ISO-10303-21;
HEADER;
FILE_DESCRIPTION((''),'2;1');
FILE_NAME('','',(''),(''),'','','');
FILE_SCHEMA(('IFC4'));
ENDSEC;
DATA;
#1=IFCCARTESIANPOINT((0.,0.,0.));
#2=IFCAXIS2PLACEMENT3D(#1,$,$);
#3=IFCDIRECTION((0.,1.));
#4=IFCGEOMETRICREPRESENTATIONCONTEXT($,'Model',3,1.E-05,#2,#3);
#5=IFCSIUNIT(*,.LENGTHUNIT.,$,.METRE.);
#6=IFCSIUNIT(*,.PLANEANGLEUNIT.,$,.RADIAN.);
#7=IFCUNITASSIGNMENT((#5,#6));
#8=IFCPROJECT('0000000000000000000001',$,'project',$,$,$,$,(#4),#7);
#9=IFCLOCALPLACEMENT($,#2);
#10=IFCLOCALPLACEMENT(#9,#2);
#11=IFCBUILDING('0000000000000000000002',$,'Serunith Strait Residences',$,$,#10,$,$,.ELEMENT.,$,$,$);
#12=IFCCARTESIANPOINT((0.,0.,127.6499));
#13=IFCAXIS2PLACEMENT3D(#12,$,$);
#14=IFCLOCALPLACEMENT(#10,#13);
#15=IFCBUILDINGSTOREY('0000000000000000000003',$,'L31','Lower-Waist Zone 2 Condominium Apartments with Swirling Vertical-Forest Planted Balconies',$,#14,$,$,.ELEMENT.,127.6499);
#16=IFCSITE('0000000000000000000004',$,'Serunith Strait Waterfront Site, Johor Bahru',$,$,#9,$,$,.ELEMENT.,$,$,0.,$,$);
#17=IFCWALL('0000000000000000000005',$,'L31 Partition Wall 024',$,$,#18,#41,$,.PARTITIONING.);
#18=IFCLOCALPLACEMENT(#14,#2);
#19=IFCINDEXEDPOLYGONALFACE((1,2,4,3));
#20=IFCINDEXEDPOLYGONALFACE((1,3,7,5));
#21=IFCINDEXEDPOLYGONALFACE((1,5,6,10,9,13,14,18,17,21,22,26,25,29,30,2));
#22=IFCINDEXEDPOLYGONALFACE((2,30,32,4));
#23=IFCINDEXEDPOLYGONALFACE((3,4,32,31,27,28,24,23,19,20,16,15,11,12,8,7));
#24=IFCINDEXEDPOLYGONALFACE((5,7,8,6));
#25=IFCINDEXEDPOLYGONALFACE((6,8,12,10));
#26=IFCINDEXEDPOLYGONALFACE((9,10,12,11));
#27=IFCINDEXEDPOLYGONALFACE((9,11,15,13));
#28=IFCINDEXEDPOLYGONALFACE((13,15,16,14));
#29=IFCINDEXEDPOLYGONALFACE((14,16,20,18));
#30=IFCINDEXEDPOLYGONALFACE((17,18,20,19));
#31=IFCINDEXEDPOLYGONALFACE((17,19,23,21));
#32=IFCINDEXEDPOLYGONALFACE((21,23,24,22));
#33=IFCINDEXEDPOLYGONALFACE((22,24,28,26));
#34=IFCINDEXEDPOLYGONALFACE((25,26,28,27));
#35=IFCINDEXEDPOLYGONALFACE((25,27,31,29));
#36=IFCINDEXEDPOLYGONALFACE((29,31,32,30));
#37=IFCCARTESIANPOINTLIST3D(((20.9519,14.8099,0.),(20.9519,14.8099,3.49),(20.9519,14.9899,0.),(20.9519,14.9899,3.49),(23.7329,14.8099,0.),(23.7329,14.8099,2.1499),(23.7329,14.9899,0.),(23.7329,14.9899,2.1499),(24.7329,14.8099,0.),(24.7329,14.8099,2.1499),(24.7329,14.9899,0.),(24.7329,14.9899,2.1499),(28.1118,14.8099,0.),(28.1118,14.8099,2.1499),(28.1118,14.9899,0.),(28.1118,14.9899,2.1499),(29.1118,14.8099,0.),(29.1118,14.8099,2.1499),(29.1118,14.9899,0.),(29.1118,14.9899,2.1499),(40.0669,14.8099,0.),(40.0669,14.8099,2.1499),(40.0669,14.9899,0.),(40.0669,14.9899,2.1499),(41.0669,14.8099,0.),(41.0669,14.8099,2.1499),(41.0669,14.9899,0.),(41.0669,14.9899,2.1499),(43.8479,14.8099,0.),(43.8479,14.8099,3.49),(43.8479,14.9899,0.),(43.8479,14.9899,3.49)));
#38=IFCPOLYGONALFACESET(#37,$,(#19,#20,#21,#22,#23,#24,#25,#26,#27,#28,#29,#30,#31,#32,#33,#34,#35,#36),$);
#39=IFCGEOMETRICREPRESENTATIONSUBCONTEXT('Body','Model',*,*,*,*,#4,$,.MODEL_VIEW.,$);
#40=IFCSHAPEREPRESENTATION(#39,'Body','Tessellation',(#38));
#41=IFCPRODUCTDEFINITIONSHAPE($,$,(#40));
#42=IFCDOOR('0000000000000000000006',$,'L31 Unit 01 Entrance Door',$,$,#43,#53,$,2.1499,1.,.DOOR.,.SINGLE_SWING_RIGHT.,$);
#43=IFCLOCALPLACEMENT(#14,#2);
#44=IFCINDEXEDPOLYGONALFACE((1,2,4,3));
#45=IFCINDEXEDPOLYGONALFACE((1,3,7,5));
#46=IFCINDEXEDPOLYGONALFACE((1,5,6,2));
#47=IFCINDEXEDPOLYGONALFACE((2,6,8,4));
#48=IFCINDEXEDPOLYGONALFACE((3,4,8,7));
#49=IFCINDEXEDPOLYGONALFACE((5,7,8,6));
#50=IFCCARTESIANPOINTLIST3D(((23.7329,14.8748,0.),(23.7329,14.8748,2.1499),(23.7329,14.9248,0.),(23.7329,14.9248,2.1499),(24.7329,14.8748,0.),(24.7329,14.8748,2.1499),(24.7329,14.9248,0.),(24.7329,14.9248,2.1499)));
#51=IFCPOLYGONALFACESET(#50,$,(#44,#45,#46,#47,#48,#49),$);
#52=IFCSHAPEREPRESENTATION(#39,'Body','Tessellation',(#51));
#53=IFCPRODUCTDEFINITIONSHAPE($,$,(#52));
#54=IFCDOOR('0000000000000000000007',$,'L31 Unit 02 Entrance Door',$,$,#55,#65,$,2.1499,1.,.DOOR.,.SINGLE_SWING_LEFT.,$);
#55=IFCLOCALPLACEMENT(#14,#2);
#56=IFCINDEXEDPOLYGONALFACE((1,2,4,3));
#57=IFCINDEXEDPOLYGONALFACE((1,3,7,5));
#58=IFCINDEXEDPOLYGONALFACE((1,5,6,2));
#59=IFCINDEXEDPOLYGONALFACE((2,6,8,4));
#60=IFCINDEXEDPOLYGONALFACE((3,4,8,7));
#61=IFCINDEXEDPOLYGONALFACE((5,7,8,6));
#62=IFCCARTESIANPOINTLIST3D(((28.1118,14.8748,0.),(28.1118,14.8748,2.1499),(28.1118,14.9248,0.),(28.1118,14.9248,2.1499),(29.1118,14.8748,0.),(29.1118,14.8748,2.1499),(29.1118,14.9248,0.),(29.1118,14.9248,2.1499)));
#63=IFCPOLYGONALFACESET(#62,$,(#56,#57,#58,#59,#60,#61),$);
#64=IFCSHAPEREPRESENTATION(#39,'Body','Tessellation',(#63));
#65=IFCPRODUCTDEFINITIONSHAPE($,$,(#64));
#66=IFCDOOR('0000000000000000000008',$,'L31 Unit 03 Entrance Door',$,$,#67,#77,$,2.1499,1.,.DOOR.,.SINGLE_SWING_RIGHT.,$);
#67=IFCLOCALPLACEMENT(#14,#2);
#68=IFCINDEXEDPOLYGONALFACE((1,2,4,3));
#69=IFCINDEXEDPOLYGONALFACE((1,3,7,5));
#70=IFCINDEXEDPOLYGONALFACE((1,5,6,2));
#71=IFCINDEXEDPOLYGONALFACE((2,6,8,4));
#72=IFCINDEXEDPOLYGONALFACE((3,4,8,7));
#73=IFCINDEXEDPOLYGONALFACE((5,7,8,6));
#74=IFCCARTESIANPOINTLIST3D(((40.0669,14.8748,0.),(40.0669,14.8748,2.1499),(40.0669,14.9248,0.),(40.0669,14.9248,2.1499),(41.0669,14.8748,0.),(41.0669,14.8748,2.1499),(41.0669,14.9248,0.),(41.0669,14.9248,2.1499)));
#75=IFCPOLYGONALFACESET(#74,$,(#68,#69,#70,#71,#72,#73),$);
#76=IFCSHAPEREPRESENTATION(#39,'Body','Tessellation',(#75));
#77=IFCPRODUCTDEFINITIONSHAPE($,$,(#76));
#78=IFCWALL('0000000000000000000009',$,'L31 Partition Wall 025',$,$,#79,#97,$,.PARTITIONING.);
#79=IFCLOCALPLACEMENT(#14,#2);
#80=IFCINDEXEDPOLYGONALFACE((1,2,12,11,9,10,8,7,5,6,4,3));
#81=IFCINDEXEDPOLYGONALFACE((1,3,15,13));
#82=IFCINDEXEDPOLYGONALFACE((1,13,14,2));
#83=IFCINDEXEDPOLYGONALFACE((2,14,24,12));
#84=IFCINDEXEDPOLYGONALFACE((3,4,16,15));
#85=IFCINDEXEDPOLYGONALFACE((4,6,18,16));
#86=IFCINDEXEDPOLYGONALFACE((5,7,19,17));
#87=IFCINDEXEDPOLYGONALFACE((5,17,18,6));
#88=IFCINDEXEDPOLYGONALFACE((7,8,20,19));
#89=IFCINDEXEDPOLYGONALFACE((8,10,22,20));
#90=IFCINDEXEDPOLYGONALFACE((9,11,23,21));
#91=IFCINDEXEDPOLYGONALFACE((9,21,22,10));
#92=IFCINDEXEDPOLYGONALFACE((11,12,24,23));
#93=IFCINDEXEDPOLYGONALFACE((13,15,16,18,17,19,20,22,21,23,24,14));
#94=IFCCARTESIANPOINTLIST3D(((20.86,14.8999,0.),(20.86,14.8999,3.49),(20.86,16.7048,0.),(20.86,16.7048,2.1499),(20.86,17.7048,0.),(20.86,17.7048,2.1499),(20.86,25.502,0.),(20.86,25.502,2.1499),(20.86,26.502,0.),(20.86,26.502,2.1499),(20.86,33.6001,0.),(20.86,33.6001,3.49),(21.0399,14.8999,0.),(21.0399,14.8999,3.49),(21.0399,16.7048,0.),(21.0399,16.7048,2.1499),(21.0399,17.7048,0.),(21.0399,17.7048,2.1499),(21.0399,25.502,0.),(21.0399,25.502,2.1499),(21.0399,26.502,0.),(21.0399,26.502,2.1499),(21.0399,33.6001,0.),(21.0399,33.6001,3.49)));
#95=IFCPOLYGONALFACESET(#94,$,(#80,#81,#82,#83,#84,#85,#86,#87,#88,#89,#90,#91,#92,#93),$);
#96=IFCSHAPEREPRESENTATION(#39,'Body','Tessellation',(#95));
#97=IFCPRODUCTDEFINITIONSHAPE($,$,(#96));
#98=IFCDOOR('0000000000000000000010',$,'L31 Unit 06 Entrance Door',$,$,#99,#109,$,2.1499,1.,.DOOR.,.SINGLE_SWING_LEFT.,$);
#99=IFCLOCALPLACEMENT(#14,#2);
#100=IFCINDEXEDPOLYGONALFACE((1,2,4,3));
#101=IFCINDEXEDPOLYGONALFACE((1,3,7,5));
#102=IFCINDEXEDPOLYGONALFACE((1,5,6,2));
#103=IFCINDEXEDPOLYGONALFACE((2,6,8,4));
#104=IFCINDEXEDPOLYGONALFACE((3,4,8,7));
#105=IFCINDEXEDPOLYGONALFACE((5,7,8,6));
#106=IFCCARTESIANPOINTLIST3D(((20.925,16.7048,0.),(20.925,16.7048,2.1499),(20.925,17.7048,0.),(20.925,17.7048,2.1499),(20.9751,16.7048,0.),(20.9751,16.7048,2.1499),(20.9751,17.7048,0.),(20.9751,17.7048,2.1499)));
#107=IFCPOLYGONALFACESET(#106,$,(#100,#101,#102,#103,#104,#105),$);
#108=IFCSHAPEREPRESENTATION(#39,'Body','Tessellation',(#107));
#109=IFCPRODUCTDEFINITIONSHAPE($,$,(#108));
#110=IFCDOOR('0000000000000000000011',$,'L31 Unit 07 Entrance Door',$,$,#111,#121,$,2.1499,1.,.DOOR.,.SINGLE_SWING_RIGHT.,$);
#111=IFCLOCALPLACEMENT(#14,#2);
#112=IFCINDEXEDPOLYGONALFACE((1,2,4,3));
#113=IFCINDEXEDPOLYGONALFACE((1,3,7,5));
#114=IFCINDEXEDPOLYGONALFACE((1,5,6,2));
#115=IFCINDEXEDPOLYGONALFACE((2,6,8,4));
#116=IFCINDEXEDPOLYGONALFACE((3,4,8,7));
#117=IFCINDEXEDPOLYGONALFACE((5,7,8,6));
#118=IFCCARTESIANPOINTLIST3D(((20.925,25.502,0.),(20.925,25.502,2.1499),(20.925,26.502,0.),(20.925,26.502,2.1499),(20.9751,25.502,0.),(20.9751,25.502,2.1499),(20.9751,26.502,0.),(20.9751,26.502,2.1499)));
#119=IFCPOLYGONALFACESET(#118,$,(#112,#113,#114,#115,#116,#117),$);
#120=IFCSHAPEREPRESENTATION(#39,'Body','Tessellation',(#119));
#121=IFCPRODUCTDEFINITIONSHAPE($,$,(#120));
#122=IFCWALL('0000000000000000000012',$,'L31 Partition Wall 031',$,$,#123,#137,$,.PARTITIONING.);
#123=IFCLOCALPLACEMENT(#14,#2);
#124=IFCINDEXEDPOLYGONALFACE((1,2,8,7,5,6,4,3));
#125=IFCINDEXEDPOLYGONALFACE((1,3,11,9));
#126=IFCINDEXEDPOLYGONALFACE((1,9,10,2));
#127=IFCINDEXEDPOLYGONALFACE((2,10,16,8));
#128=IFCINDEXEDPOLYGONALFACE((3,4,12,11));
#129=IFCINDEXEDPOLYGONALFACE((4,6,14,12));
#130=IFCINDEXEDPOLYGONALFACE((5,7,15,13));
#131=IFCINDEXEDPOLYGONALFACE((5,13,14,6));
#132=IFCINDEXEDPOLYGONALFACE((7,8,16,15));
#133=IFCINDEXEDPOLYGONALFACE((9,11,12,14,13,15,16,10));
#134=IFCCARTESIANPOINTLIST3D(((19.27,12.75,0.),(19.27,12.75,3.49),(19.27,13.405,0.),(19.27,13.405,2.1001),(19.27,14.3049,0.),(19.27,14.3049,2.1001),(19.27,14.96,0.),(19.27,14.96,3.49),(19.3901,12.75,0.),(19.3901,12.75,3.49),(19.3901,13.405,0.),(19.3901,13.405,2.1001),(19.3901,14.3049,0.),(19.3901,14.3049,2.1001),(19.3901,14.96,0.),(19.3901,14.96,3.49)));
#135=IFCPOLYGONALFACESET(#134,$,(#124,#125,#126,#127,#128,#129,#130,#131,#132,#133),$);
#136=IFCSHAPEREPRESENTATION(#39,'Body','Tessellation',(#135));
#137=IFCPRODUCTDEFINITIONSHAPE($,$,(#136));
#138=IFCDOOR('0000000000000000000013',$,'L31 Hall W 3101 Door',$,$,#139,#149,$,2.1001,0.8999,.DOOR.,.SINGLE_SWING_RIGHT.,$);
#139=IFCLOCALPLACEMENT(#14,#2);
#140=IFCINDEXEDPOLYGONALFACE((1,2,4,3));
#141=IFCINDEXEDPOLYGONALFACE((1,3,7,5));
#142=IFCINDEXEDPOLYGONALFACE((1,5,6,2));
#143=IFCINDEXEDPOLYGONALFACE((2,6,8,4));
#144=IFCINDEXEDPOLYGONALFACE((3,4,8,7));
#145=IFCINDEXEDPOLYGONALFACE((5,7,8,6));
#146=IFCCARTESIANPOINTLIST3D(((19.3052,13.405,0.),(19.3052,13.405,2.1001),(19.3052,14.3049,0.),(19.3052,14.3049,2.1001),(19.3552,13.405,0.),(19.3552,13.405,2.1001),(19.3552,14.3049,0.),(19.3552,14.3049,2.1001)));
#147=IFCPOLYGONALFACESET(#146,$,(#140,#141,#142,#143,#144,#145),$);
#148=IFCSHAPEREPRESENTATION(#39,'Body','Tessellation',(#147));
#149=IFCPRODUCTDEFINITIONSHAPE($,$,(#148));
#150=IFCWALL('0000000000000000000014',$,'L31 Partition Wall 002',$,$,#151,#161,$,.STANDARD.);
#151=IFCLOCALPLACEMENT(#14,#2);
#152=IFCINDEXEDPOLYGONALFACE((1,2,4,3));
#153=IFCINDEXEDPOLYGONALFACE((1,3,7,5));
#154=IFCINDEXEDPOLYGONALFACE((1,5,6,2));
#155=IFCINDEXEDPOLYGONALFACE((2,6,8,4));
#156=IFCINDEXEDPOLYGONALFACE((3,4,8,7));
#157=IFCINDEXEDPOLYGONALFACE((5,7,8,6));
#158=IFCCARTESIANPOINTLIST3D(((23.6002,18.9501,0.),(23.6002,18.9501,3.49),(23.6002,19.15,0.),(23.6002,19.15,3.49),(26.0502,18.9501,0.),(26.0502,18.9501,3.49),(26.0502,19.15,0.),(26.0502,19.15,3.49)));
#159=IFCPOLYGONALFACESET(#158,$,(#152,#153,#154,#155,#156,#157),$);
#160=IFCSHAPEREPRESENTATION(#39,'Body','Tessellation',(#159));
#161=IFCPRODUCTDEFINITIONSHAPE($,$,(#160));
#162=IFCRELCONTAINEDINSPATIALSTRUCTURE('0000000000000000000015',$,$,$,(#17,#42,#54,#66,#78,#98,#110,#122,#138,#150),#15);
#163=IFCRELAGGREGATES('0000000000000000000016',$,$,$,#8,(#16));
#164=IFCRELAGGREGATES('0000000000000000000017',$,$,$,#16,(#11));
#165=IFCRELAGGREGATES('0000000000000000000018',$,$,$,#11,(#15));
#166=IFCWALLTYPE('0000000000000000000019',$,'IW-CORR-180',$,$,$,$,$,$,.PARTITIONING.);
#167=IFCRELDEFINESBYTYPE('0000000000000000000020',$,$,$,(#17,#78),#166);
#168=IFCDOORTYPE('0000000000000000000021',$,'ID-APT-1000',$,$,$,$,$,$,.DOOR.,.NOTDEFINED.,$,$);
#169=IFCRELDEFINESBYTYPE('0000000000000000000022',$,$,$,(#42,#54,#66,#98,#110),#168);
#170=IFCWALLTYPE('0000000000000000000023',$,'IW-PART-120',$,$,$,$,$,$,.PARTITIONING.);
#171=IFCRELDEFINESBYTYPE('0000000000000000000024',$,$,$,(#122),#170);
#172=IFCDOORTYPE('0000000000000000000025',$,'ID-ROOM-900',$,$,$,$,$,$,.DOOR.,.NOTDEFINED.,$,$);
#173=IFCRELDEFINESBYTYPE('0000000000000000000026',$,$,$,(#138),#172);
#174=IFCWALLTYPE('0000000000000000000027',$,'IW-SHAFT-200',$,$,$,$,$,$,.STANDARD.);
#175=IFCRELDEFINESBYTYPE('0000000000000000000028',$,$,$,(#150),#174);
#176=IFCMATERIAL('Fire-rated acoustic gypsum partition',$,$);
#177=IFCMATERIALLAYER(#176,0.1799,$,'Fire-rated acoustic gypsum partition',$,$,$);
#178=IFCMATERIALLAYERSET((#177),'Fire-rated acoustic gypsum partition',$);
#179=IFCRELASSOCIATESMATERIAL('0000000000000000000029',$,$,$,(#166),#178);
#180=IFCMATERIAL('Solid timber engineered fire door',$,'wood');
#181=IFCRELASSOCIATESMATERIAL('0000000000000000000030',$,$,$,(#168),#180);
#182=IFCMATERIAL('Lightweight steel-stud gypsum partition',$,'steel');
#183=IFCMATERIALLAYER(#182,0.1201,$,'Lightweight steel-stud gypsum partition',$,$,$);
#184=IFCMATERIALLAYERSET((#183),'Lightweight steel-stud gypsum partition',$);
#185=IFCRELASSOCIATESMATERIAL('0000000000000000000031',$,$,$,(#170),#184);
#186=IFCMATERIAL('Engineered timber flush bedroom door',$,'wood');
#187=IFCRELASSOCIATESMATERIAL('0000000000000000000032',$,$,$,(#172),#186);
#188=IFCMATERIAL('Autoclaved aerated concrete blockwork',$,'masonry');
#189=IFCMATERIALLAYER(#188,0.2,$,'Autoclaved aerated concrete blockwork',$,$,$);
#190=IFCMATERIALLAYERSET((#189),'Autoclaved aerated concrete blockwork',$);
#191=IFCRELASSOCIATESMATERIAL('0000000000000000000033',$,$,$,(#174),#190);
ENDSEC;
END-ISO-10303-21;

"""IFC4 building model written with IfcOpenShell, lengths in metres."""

from ifc_helpers import new_model, si_unit, direction, frame, frame_2d, origin, place, context, subcontext, project, spatial, rectangle, extrude, source, transform, mapped, material, layer, layer_set, type_object, element, fill, save


model = new_model("IFC4")

# Units and contexts
model_context = context("Model", 3, precision=1e-05, world=origin(), true_north=direction((0.0, 1.0)))
body_context = subcontext(model_context, "Body", "Model", "MODEL_VIEW")
ifc_project = project(units=[si_unit("LENGTHUNIT", "METRE"), si_unit("PLANEANGLEUNIT", "RADIAN")], contexts=[model_context])

# Site, building, storey
site_placement = place(None, origin())
site = spatial("IfcSite", under=ifc_project, at=site_placement, Name="Serunith Strait Waterfront Site, Johor Bahru", CompositionType="ELEMENT", RefElevation=0.0)
building_placement = place(site_placement, origin())
building = spatial("IfcBuilding", under=site, at=building_placement, Name="Serunith Strait Residences", CompositionType="ELEMENT")
storey_placement = place(building_placement, frame((0.0, 0.0, 127.6499)))
storey = spatial("IfcBuildingStorey", under=building, at=storey_placement, Name="L31", Description="Lower-Waist Zone 2 Condominium Apartments with Swirling Vertical-Forest Planted Balconies", CompositionType="ELEMENT", Elevation=127.6499)

# Walls, openings, doors
ifc_material_1 = material(Name="Fire-rated acoustic gypsum partition")
ifc_layer_1 = layer(ifc_material_1, 0.1799, Name="Fire-rated acoustic gypsum partition")
ifc_layer_set_1 = layer_set([ifc_layer_1], Name="Fire-rated acoustic gypsum partition")
wall_type_1 = type_object("IfcWallType", Name="IW-CORR-180", PredefinedType="PARTITIONING", material=ifc_layer_set_1)
wall_1_placement = place(storey_placement, frame((20.9519, 14.8999, 0.0), z_axis=(0.0, 0.0, 1.0), x_axis=(1.0, 0.0, 0.0)))
wall_1 = element("IfcWall", 1, at=wall_1_placement, inside=storey, type_object=wall_type_1, Name="L31 Partition Wall 024", PredefinedType="PARTITIONING", context=body_context, shape_type="SweptSolid", body=[
    extrude(rectangle(XDim=22.896, YDim=0.1799, at=frame_2d((11.448, 0.0))), origin(), (0.0, 0.0, 1.0), 3.49),
])
opening_1_placement = place(wall_1_placement, frame((2.781, 0.0, 0.0)))
opening_1 = element("IfcOpeningElement", 2, at=opening_1_placement, cuts=wall_1, PredefinedType="OPENING", context=body_context, shape_type="SweptSolid", body=[
    extrude(rectangle(XDim=1.0, YDim=2.1499, at=frame_2d((0.5, 1.075))), frame((0.0, 0.1001, 0.0), z_axis=(0.0, -1.0, 0.0), x_axis=(1.0, 0.0, 0.0)), (0.0, 0.0, 1.0), 0.2),
])
opening_2_placement = place(wall_1_placement, frame((7.1599, 0.0, 0.0)))
opening_2 = element("IfcOpeningElement", 3, at=opening_2_placement, cuts=wall_1, PredefinedType="OPENING", context=body_context, shape_type="SweptSolid", body=[
    extrude(rectangle(XDim=1.0, YDim=2.1499, at=frame_2d((0.5, 1.075))), frame((0.0, 0.1001, 0.0), z_axis=(0.0, -1.0, 0.0), x_axis=(1.0, 0.0, 0.0)), (0.0, 0.0, 1.0), 0.2),
])
opening_3_placement = place(wall_1_placement, frame((19.115, 0.0, 0.0)))
opening_3 = element("IfcOpeningElement", 4, at=opening_3_placement, cuts=wall_1, PredefinedType="OPENING", context=body_context, shape_type="SweptSolid", body=[
    extrude(rectangle(XDim=1.0, YDim=2.1499, at=frame_2d((0.5, 1.075))), frame((0.0, 0.1001, 0.0), z_axis=(0.0, -1.0, 0.0), x_axis=(1.0, 0.0, 0.0)), (0.0, 0.0, 1.0), 0.2),
])
ifc_material_2 = material(Name="Solid timber engineered fire door", Category="wood")
door_type_1 = type_object("IfcDoorType", Name="ID-APT-1000", OperationType="NOTDEFINED", PredefinedType="DOOR", material=ifc_material_2)
shared_shape_1 = source(origin(), body_context, "Body", "SweptSolid", [
    extrude(rectangle(XDim=1.0, YDim=2.1499, at=frame_2d((0.5, 1.075))), frame((0.0, 0.0249, 0.0), z_axis=(0.0, -1.0, 0.0), x_axis=(1.0, 0.0, 0.0)), (0.0, 0.0, 1.0), 0.05),
])
door_1_placement = place(opening_1_placement, origin())
door_1 = element("IfcDoor", 5, at=door_1_placement, inside=storey, type_object=door_type_1, Name="L31 Unit 01 Entrance Door", OperationType="SINGLE_SWING_RIGHT", OverallHeight=2.1499, OverallWidth=1.0, PredefinedType="DOOR", context=body_context, shape_type="MappedRepresentation", body=[
    mapped(shared_shape_1, transform((0.0, 0.0, 0.0), scale=1.0)),
])
fill(opening_1, door_1)
door_2_placement = place(opening_2_placement, origin())
door_2 = element("IfcDoor", 6, at=door_2_placement, inside=storey, type_object=door_type_1, Name="L31 Unit 02 Entrance Door", OperationType="SINGLE_SWING_LEFT", OverallHeight=2.1499, OverallWidth=1.0, PredefinedType="DOOR", context=body_context, shape_type="MappedRepresentation", body=[
    mapped(shared_shape_1, transform((0.0, 0.0, 0.0), scale=1.0)),
])
fill(opening_2, door_2)
door_3_placement = place(opening_3_placement, origin())
door_3 = element("IfcDoor", 7, at=door_3_placement, inside=storey, type_object=door_type_1, Name="L31 Unit 03 Entrance Door", OperationType="SINGLE_SWING_RIGHT", OverallHeight=2.1499, OverallWidth=1.0, PredefinedType="DOOR", context=body_context, shape_type="MappedRepresentation", body=[
    mapped(shared_shape_1, transform((0.0, 0.0, 0.0), scale=1.0)),
])
fill(opening_3, door_3)
wall_2_placement = place(storey_placement, frame((20.95, 14.8999, 0.0), z_axis=(0.0, 0.0, 1.0), x_axis=(0.0, 1.0, 0.0)))
wall_2 = element("IfcWall", 8, at=wall_2_placement, inside=storey, type_object=wall_type_1, Name="L31 Partition Wall 025", PredefinedType="PARTITIONING", context=body_context, shape_type="SweptSolid", body=[
    extrude(rectangle(XDim=18.7002, YDim=0.1799, at=frame_2d((9.3501, 0.0))), origin(), (0.0, 0.0, 1.0), 3.49),
])
opening_4_placement = place(wall_2_placement, frame((1.8049, 0.0, 0.0)))
opening_4 = element("IfcOpeningElement", 9, at=opening_4_placement, cuts=wall_2, PredefinedType="OPENING", context=body_context, shape_type="SweptSolid", body=[
    extrude(rectangle(XDim=1.0, YDim=2.1499, at=frame_2d((0.5, 1.075))), frame((0.0, 0.1001, 0.0), z_axis=(0.0, -1.0, 0.0), x_axis=(1.0, 0.0, 0.0)), (0.0, 0.0, 1.0), 0.2),
])
opening_5_placement = place(wall_2_placement, frame((10.6021, 0.0, 0.0)))
opening_5 = element("IfcOpeningElement", 10, at=opening_5_placement, cuts=wall_2, PredefinedType="OPENING", context=body_context, shape_type="SweptSolid", body=[
    extrude(rectangle(XDim=1.0, YDim=2.1499, at=frame_2d((0.5, 1.075))), frame((0.0, 0.1001, 0.0), z_axis=(0.0, -1.0, 0.0), x_axis=(1.0, 0.0, 0.0)), (0.0, 0.0, 1.0), 0.2),
])
door_4_placement = place(opening_4_placement, origin())
door_4 = element("IfcDoor", 11, at=door_4_placement, inside=storey, type_object=door_type_1, Name="L31 Unit 06 Entrance Door", OperationType="SINGLE_SWING_LEFT", OverallHeight=2.1499, OverallWidth=1.0, PredefinedType="DOOR", context=body_context, shape_type="MappedRepresentation", body=[
    mapped(shared_shape_1, transform((0.0, 0.0, 0.0), scale=1.0)),
])
fill(opening_4, door_4)
door_5_placement = place(opening_5_placement, origin())
door_5 = element("IfcDoor", 12, at=door_5_placement, inside=storey, type_object=door_type_1, Name="L31 Unit 07 Entrance Door", OperationType="SINGLE_SWING_RIGHT", OverallHeight=2.1499, OverallWidth=1.0, PredefinedType="DOOR", context=body_context, shape_type="MappedRepresentation", body=[
    mapped(shared_shape_1, transform((0.0, 0.0, 0.0), scale=1.0)),
])
fill(opening_5, door_5)

# Wall, opening, door
ifc_material_3 = material(Name="Lightweight steel-stud gypsum partition", Category="steel")
ifc_layer_2 = layer(ifc_material_3, 0.1201, Name="Lightweight steel-stud gypsum partition")
ifc_layer_set_2 = layer_set([ifc_layer_2], Name="Lightweight steel-stud gypsum partition")
wall_type_2 = type_object("IfcWallType", Name="IW-PART-120", PredefinedType="PARTITIONING", material=ifc_layer_set_2)
wall_3_placement = place(storey_placement, frame((19.3301, 12.75, 0.0), z_axis=(0.0, 0.0, 1.0), x_axis=(0.0, 1.0, 0.0)))
wall_3 = element("IfcWall", 13, at=wall_3_placement, inside=storey, type_object=wall_type_2, Name="L31 Partition Wall 031", PredefinedType="PARTITIONING", context=body_context, shape_type="SweptSolid", body=[
    extrude(rectangle(XDim=2.21, YDim=0.1201, at=frame_2d((1.105, 0.0))), origin(), (0.0, 0.0, 1.0), 3.49),
])
opening_6_placement = place(wall_3_placement, frame((0.655, 0.0, 0.0)))
opening_6 = element("IfcOpeningElement", 14, at=opening_6_placement, cuts=wall_3, PredefinedType="OPENING", context=body_context, shape_type="SweptSolid", body=[
    extrude(rectangle(XDim=0.8999, YDim=2.1001, at=frame_2d((0.45, 1.05))), frame((0.0, 0.0701, 0.0), z_axis=(0.0, -1.0, 0.0), x_axis=(1.0, 0.0, 0.0)), (0.0, 0.0, 1.0), 0.1401),
])
ifc_material_4 = material(Name="Engineered timber flush bedroom door", Category="wood")
door_type_2 = type_object("IfcDoorType", Name="ID-ROOM-900", OperationType="NOTDEFINED", PredefinedType="DOOR", material=ifc_material_4)
shared_shape_2 = source(origin(), body_context, "Body", "SweptSolid", [
    extrude(rectangle(XDim=0.8999, YDim=2.1001, at=frame_2d((0.45, 1.05))), frame((0.0, 0.0249, 0.0), z_axis=(0.0, -1.0, 0.0), x_axis=(1.0, 0.0, 0.0)), (0.0, 0.0, 1.0), 0.05),
])
door_6_placement = place(opening_6_placement, origin())
door_6 = element("IfcDoor", 15, at=door_6_placement, inside=storey, type_object=door_type_2, Name="L31 Hall W 3101 Door", OperationType="SINGLE_SWING_RIGHT", OverallHeight=2.1001, OverallWidth=0.8999, PredefinedType="DOOR", context=body_context, shape_type="MappedRepresentation", body=[
    mapped(shared_shape_2, transform((0.0, 0.0, 0.0), scale=1.0)),
])
fill(opening_6, door_6)

# Wall
ifc_material_5 = material(Name="Autoclaved aerated concrete blockwork", Category="masonry")
ifc_layer_3 = layer(ifc_material_5, 0.2, Name="Autoclaved aerated concrete blockwork")
ifc_layer_set_3 = layer_set([ifc_layer_3], Name="Autoclaved aerated concrete blockwork")
wall_type_3 = type_object("IfcWallType", Name="IW-SHAFT-200", PredefinedType="STANDARD", material=ifc_layer_set_3)
wall_4_placement = place(storey_placement, frame((23.6001, 19.05, 0.0), z_axis=(0.0, 0.0, 1.0), x_axis=(1.0, 0.0, 0.0)))
element("IfcWall", 16, at=wall_4_placement, inside=storey, type_object=wall_type_3, Name="L31 Partition Wall 002", PredefinedType="STANDARD", context=body_context, shape_type="SweptSolid", body=[
    extrude(rectangle(XDim=2.45, YDim=0.2, at=frame_2d((1.2251, 0.0))), origin(), (0.0, 0.0, 1.0), 3.49),
])

save(model, "model.ifc")
